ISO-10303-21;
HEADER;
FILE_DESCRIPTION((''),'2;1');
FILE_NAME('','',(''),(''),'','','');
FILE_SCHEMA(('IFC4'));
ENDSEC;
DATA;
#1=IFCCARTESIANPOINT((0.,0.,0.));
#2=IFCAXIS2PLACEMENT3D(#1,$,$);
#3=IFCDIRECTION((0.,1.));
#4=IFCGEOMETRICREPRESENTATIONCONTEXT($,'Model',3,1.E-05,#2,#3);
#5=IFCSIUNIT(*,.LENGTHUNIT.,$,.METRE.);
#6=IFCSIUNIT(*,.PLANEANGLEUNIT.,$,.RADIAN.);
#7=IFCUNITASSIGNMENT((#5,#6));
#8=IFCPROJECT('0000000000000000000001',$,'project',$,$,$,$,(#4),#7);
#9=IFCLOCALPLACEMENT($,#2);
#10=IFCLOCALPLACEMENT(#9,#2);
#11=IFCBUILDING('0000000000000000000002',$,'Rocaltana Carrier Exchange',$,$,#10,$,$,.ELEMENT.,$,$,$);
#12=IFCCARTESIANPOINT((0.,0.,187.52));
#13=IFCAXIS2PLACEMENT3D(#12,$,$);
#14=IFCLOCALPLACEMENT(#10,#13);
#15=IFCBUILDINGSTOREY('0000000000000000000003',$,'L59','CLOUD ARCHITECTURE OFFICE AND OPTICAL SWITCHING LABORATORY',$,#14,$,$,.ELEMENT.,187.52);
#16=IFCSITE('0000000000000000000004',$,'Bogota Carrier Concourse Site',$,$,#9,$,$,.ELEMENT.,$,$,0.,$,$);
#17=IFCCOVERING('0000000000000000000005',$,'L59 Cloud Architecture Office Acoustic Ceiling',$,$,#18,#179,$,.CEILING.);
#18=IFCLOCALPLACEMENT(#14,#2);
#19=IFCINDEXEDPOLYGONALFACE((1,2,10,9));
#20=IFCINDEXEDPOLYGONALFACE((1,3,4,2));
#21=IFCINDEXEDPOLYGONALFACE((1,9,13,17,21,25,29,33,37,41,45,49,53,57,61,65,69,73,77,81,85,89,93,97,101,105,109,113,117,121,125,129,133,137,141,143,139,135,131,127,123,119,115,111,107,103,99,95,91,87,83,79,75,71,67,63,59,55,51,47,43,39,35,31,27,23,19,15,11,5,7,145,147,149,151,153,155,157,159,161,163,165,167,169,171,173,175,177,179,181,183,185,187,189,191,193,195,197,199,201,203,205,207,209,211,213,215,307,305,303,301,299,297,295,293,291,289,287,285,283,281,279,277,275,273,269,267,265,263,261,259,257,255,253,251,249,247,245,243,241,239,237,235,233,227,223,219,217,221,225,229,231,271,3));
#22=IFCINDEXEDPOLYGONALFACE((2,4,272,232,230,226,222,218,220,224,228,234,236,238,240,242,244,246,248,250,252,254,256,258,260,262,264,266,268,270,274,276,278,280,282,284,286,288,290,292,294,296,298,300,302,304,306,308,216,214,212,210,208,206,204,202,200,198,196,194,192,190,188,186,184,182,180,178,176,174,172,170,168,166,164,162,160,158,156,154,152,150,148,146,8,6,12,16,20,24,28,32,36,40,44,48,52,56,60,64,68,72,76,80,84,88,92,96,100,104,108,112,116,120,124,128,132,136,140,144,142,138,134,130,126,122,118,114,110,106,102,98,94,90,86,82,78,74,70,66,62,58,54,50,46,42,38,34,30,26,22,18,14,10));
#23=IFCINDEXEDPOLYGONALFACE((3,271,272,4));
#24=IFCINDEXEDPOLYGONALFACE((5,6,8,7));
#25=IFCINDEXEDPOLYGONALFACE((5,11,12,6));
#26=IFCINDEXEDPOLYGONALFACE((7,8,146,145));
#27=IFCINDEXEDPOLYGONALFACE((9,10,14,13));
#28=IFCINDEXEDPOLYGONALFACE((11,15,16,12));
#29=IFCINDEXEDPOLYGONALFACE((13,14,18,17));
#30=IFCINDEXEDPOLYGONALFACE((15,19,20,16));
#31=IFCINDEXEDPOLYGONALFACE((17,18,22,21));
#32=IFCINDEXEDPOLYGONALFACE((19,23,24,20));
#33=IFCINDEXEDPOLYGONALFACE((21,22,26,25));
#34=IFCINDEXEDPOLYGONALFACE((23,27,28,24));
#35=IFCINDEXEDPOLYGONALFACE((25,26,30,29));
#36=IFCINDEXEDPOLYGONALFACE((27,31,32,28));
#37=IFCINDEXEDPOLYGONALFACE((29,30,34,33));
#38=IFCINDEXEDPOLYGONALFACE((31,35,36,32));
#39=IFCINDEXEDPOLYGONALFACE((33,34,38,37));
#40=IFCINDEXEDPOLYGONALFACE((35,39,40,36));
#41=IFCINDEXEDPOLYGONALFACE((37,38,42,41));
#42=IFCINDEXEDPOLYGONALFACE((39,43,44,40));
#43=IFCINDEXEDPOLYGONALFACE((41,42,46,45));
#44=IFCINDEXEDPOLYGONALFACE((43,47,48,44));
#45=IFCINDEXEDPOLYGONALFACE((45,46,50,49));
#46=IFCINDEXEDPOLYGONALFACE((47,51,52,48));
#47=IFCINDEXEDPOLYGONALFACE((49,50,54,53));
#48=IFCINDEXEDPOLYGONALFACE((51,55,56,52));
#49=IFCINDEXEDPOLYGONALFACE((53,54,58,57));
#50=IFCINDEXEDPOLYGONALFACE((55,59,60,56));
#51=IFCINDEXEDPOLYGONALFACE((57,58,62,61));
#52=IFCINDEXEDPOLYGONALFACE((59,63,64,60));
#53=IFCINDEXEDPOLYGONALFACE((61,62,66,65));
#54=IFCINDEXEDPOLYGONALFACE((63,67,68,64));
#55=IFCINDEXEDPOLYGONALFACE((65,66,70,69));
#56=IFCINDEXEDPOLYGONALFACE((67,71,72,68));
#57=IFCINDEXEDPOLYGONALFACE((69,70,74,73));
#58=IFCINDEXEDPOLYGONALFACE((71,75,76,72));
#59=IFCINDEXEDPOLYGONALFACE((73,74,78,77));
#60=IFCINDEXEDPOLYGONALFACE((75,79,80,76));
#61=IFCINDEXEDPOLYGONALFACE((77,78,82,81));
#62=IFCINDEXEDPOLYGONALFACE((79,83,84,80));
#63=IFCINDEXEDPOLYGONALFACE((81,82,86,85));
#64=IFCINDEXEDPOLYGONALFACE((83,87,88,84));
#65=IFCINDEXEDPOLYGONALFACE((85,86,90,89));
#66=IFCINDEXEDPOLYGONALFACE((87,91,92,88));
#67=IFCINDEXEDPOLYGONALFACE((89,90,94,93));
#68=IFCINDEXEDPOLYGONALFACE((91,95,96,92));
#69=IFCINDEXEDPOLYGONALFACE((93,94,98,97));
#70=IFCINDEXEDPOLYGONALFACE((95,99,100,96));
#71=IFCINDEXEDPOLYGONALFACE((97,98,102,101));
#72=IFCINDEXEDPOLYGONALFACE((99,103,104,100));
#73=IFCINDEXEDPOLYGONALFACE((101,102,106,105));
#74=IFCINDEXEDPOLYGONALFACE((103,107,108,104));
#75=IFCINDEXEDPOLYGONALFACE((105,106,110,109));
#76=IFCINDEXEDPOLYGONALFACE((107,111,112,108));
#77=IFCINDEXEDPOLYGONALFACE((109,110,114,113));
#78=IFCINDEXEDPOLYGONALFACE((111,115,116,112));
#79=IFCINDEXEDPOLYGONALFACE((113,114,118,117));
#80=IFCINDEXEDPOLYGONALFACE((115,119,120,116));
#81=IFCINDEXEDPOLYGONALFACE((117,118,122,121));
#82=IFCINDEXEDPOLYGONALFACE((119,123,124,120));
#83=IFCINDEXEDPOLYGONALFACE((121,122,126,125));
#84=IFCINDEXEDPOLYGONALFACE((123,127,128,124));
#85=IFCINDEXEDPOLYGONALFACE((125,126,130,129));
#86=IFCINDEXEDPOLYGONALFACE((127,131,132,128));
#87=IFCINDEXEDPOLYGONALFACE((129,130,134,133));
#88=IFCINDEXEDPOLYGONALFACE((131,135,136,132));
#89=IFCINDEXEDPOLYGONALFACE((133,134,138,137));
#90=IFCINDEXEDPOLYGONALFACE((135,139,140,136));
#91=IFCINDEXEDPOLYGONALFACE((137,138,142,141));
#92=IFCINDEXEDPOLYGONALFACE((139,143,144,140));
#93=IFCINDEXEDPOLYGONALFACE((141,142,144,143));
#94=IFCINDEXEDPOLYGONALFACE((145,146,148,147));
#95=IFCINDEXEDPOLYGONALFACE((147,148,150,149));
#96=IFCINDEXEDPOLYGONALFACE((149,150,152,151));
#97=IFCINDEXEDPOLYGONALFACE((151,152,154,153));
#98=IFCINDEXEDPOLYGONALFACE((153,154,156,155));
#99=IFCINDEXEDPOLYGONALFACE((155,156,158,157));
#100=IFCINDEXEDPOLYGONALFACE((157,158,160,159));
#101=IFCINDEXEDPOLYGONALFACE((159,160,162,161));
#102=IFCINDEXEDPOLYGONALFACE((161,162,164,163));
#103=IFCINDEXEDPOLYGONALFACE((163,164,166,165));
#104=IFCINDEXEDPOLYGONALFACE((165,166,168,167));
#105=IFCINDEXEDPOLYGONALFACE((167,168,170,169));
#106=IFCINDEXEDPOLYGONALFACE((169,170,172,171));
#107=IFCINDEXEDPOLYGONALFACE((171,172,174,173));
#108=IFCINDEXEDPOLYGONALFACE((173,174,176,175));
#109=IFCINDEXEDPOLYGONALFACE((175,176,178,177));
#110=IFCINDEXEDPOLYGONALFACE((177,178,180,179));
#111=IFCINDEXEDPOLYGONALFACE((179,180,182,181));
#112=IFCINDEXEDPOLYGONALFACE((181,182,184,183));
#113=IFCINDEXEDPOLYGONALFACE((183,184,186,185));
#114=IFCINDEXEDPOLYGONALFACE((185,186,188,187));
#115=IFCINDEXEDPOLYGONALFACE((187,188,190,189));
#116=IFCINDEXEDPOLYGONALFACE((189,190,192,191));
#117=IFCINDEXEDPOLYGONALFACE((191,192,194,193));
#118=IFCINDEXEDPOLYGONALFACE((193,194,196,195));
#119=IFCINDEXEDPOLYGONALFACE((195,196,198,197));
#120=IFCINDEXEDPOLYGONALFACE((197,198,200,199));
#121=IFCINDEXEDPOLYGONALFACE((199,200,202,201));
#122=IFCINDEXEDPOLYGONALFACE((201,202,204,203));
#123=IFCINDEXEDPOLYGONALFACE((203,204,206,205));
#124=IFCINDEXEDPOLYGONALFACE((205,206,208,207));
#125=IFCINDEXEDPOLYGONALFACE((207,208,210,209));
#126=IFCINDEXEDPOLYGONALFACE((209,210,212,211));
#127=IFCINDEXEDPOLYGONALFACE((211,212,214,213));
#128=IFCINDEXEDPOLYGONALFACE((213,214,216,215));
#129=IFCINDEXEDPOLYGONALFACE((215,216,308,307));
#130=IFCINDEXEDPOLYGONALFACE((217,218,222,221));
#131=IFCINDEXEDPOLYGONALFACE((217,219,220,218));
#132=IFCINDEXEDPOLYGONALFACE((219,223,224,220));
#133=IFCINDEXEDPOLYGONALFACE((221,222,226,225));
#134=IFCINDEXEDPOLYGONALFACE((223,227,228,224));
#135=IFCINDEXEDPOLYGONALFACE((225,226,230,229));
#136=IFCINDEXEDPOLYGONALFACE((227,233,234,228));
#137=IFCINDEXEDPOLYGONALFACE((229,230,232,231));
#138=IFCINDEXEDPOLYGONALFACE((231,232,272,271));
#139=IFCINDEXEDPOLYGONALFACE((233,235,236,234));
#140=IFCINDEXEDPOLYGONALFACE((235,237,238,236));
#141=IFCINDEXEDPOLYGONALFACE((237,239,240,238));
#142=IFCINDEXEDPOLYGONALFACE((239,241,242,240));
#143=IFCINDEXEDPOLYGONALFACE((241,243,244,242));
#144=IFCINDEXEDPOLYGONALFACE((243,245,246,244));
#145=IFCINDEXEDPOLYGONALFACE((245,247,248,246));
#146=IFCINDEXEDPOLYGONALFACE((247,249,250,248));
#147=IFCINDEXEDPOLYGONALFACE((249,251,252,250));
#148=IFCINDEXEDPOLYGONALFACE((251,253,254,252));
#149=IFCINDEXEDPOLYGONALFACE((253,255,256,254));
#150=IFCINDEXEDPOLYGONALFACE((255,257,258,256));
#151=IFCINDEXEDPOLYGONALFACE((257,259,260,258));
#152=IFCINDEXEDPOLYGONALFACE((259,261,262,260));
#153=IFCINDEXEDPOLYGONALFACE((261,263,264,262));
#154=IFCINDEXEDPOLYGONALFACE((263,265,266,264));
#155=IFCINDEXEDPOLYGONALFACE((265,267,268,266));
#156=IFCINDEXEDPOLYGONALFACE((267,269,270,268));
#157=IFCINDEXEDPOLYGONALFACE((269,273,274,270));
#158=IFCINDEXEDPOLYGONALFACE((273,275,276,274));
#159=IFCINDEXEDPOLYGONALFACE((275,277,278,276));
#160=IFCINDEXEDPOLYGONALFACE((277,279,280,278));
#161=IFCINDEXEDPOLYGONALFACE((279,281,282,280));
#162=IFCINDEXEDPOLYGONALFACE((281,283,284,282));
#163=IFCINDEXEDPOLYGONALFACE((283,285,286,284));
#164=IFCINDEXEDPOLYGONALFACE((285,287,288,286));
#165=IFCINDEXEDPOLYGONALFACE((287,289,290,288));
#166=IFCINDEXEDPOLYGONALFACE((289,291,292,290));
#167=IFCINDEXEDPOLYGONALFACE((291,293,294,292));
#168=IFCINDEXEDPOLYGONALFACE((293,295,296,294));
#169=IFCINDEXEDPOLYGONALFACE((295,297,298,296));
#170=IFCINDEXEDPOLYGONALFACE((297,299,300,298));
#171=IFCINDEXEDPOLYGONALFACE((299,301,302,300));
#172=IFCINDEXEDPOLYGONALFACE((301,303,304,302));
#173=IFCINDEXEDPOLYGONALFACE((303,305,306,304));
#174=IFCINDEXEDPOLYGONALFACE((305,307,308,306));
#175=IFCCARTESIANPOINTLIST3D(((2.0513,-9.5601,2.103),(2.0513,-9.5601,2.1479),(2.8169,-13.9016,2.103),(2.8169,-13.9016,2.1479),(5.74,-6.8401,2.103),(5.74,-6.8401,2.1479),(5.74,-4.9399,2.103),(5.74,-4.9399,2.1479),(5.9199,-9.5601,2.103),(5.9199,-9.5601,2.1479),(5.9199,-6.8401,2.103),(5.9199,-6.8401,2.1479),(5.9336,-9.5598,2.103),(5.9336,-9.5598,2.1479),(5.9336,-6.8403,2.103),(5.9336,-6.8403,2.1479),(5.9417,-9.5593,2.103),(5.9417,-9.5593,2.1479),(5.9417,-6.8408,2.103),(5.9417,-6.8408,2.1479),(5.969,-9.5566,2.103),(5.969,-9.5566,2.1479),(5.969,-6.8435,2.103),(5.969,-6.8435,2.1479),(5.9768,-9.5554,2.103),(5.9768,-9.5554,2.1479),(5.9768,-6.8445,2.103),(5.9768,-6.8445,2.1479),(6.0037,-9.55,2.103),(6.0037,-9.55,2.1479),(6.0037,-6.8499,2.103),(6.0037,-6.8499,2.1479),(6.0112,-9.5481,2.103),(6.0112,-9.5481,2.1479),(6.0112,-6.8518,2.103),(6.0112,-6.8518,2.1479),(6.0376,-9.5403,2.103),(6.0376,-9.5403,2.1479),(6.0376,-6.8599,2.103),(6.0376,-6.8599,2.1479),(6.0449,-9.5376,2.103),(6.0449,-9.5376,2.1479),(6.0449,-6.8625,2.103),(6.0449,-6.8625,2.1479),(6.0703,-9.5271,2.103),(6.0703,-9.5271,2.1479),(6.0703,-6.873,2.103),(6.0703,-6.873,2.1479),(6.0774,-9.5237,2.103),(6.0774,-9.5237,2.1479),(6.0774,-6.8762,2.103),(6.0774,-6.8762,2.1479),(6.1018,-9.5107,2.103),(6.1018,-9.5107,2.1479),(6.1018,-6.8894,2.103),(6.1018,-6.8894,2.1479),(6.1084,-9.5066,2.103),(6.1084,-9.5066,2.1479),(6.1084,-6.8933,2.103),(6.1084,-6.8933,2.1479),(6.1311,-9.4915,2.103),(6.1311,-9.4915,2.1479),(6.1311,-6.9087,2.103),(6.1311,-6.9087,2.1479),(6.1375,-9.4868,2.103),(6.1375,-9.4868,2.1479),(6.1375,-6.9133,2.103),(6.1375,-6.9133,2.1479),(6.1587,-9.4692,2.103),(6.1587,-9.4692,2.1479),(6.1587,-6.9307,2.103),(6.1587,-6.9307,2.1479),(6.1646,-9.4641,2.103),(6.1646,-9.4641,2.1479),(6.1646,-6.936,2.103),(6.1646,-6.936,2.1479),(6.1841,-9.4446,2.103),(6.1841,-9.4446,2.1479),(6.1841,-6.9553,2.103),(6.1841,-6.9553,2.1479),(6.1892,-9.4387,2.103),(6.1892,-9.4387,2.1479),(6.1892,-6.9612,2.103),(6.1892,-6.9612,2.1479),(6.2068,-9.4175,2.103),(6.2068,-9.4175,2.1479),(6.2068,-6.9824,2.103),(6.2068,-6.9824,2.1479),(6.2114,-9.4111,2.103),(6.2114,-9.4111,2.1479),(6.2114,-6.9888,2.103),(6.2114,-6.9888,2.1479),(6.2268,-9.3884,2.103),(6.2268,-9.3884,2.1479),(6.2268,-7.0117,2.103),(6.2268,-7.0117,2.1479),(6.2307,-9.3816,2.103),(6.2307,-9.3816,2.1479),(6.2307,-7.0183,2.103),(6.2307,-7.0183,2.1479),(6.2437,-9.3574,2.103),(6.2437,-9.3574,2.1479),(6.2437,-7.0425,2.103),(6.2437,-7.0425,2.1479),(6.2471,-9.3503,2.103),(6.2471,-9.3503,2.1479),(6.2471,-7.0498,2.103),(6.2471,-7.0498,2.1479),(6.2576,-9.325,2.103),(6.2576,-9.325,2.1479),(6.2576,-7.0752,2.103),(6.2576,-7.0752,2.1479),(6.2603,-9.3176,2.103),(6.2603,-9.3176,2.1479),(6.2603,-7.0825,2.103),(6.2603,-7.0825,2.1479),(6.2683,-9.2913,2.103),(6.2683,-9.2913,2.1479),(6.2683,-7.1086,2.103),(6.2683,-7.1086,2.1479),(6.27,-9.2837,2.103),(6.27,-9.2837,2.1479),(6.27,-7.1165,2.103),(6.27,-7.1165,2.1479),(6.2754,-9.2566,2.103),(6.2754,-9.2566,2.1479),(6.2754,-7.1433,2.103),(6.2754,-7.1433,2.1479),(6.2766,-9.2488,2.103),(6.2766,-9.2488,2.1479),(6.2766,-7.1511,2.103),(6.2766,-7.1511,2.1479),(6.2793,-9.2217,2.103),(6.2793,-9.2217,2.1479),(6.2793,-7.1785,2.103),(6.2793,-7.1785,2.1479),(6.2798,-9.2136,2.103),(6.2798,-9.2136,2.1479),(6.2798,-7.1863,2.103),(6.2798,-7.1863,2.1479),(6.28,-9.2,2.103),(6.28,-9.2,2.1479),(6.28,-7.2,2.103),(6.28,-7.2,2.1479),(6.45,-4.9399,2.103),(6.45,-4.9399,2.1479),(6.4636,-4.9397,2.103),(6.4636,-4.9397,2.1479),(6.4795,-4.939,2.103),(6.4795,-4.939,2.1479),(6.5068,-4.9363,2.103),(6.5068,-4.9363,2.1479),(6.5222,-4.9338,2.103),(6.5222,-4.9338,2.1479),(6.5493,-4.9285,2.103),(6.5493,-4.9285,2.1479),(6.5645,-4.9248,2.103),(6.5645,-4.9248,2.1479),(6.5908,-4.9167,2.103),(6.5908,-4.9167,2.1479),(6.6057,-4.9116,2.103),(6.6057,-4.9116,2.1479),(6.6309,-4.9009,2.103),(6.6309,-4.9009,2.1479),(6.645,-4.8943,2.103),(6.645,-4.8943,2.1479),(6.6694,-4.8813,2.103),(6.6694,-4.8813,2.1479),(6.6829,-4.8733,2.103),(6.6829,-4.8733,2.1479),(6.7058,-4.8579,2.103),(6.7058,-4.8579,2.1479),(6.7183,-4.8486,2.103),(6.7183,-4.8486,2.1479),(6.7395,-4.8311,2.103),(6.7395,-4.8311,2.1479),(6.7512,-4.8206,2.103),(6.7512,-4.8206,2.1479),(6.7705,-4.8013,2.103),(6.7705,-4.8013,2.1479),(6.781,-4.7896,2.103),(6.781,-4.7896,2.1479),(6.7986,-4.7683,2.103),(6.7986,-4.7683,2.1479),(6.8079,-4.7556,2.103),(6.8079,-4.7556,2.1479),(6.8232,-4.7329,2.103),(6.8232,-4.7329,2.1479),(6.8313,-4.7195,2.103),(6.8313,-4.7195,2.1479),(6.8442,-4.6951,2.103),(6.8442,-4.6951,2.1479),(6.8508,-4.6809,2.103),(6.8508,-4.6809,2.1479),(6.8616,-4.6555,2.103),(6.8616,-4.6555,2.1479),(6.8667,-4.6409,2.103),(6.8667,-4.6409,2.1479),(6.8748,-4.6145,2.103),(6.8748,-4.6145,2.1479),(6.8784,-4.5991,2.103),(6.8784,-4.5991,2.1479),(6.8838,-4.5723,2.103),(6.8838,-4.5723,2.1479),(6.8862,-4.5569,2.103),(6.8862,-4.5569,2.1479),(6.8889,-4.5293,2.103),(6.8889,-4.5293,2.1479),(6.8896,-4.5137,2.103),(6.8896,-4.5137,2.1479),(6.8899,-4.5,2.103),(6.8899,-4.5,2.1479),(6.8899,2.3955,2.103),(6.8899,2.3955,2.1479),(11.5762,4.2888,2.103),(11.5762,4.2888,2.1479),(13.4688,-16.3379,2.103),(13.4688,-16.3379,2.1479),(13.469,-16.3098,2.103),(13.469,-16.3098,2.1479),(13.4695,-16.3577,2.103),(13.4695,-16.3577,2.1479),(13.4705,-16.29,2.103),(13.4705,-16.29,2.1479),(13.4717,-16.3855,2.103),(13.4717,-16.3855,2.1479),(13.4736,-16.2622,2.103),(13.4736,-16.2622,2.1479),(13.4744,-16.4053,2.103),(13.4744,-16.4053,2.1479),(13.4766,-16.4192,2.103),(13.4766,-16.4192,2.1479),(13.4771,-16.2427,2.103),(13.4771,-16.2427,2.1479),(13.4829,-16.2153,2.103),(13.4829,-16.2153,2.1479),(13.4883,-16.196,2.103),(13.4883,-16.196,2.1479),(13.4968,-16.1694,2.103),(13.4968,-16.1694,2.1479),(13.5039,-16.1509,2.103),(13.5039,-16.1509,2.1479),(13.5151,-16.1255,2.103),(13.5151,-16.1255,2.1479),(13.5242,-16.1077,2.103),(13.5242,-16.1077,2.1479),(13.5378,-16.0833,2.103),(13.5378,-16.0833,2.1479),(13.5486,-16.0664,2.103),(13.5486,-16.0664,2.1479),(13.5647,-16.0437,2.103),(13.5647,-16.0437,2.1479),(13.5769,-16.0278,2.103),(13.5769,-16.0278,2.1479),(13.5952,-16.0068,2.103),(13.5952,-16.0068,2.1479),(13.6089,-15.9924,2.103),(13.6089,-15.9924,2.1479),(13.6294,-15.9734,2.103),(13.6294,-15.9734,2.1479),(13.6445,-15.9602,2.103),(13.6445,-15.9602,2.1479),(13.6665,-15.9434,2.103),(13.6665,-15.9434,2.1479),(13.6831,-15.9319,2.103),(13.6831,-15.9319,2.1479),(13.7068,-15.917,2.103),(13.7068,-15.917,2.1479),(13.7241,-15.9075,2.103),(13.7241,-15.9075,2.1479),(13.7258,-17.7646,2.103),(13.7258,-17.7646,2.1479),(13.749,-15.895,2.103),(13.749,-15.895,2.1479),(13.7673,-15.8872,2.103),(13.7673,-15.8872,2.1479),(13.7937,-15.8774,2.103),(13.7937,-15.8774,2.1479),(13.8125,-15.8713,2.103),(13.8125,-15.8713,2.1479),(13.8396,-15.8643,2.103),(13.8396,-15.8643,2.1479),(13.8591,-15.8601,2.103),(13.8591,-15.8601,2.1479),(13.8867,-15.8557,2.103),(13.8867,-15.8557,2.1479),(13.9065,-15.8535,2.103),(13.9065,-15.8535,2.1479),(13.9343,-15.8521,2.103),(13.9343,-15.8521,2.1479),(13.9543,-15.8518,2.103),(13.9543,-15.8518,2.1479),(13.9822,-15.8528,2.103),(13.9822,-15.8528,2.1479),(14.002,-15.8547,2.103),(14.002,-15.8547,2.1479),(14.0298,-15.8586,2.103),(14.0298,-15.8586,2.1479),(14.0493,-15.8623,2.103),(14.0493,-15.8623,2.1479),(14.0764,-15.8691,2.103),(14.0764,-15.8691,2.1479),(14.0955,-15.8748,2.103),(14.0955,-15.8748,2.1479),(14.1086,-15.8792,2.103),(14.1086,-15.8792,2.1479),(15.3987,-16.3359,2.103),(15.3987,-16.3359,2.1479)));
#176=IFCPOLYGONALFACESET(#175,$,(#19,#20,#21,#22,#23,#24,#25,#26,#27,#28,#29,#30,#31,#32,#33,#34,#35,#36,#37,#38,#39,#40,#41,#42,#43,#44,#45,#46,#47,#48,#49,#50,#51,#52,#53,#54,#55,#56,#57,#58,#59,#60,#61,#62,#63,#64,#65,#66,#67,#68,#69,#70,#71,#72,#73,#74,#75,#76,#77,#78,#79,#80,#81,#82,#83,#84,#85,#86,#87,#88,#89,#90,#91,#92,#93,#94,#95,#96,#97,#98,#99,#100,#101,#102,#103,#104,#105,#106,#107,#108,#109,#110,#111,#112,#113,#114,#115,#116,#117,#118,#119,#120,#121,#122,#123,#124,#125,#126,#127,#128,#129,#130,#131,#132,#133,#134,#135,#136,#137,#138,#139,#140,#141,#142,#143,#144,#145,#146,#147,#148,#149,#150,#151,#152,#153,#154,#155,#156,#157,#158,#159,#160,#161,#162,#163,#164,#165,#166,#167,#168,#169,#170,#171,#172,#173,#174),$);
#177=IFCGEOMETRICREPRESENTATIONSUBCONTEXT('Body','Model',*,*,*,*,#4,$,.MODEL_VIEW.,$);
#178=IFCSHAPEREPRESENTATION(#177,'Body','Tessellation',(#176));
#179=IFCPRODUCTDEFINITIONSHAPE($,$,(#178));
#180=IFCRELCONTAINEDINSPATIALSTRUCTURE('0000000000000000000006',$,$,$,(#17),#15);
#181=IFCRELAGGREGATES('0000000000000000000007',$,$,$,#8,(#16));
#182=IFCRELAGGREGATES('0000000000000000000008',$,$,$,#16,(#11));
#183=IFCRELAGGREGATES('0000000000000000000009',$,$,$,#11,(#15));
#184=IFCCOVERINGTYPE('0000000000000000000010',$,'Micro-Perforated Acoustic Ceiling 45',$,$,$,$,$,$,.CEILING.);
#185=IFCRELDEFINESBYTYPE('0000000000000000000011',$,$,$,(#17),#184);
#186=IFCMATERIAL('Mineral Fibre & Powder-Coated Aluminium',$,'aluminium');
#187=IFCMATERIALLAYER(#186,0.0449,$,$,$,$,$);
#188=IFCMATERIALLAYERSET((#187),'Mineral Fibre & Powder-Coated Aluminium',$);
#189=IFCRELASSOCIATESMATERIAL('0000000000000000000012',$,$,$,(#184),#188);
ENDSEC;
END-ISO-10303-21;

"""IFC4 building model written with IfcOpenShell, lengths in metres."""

from ifc_helpers import new_model, si_unit, direction, frame, origin, place, context, subcontext, project, spatial, polyline, outline, extrude, material, layer, layer_set, type_object, element, save


model = new_model("IFC4")

# Units and contexts
model_context = context("Model", 3, precision=1e-05, world=origin(), true_north=direction((0.0, 1.0)))
body_context = subcontext(model_context, "Body", "Model", "MODEL_VIEW")
ifc_project = project(units=[si_unit("LENGTHUNIT", "METRE"), si_unit("PLANEANGLEUNIT", "RADIAN")], contexts=[model_context])

# Site, building, storey
site_placement = place(None, origin())
site = spatial("IfcSite", under=ifc_project, at=site_placement, Name="Bogota Carrier Concourse Site", CompositionType="ELEMENT", RefElevation=0.0)
building_placement = place(site_placement, origin())
building = spatial("IfcBuilding", under=site, at=building_placement, Name="Rocaltana Carrier Exchange", CompositionType="ELEMENT")
storey_placement = place(building_placement, frame((0.0, 0.0, 187.52)))
storey = spatial("IfcBuildingStorey", under=building, at=storey_placement, Name="L59", Description="CLOUD ARCHITECTURE OFFICE AND OPTICAL SWITCHING LABORATORY", CompositionType="ELEMENT", Elevation=187.52)

# Covering
ifc_material_1 = material(Name="Mineral Fibre & Powder-Coated Aluminium", Category="aluminium")
ifc_layer_1 = layer(ifc_material_1, 0.0449)
ifc_layer_set_1 = layer_set([ifc_layer_1], Name="Mineral Fibre & Powder-Coated Aluminium")
covering_type_1 = type_object("IfcCoveringType", Name="Micro-Perforated Acoustic Ceiling 45", PredefinedType="CEILING", material=ifc_layer_set_1)
covering_1_placement = place(storey_placement, frame((0.0, 0.0, 2.103)))
element("IfcCovering", 1, at=covering_1_placement, inside=storey, type_object=covering_type_1, Name="L59 Cloud Architecture Office Acoustic Ceiling", PredefinedType="CEILING", context=body_context, shape_type="SweptSolid", body=[
    extrude(outline(polyline([(5.74, -6.8401), (5.74, -4.9399), (6.45, -4.9399), (6.4636, -4.9397), (6.4795, -4.939), (6.5068, -4.9363), (6.5222, -4.9338), (6.5493, -4.9285), (6.5645, -4.9248), (6.5908, -4.9167), (6.6057, -4.9116), (6.6309, -4.9009), (6.645, -4.8943), (6.6694, -4.8813), (6.6829, -4.8733), (6.7058, -4.8579), (6.7183, -4.8486), (6.7395, -4.8311), (6.7512, -4.8206), (6.7705, -4.8013), (6.781, -4.7896), (6.7986, -4.7683), (6.8079, -4.7556), (6.8232, -4.7329), (6.8313, -4.7195), (6.8442, -4.6951), (6.8508, -4.6809), (6.8616, -4.6555), (6.8667, -4.6409), (6.8748, -4.6145), (6.8784, -4.5991), (6.8838, -4.5723), (6.8862, -4.5569), (6.8889, -4.5293), (6.8896, -4.5137), (6.8899, -4.5), (6.8899, 2.3955), (11.5762, 4.2888), (15.3987, -16.3359), (14.1086, -15.8792), (14.0955, -15.8748), (14.0764, -15.8691), (14.0493, -15.8623), (14.0298, -15.8586), (14.002, -15.8547), (13.9822, -15.8528), (13.9543, -15.8518), (13.9343, -15.8521), (13.9065, -15.8535), (13.8867, -15.8557), (13.8591, -15.8601), (13.8396, -15.8643), (13.8125, -15.8713), (13.7937, -15.8774), (13.7673, -15.8872), (13.749, -15.895), (13.7241, -15.9075), (13.7068, -15.917), (13.6831, -15.9319), (13.6665, -15.9434), (13.6445, -15.9602), (13.6294, -15.9734), (13.6089, -15.9924), (13.5952, -16.0068), (13.5769, -16.0278), (13.5647, -16.0437), (13.5486, -16.0664), (13.5378, -16.0833), (13.5242, -16.1077), (13.5151, -16.1255), (13.5039, -16.1509), (13.4968, -16.1694), (13.4883, -16.196), (13.4829, -16.2153), (13.4771, -16.2427), (13.4736, -16.2622), (13.4705, -16.29), (13.469, -16.3098), (13.4688, -16.3379), (13.4695, -16.3577), (13.4717, -16.3855), (13.4744, -16.4053), (13.4766, -16.4192), (13.7258, -17.7646), (2.8169, -13.9016), (2.0513, -9.5601), (5.9199, -9.5601), (5.9336, -9.5598), (5.9417, -9.5593), (5.969, -9.5566), (5.9768, -9.5554), (6.0037, -9.55), (6.0112, -9.5481), (6.0376, -9.5403), (6.0449, -9.5376), (6.0703, -9.5271), (6.0774, -9.5237), (6.1018, -9.5107), (6.1084, -9.5066), (6.1311, -9.4915), (6.1375, -9.4868), (6.1587, -9.4692), (6.1646, -9.4641), (6.1841, -9.4446), (6.1892, -9.4387), (6.2068, -9.4175), (6.2114, -9.4111), (6.2268, -9.3884), (6.2307, -9.3816), (6.2437, -9.3574), (6.2471, -9.3503), (6.2576, -9.325), (6.2603, -9.3176), (6.2683, -9.2913), (6.27, -9.2837), (6.2754, -9.2566), (6.2766, -9.2488), (6.2793, -9.2217), (6.2798, -9.2136), (6.28, -9.2), (6.28, -7.2), (6.2798, -7.1863), (6.2793, -7.1785), (6.2766, -7.1511), (6.2754, -7.1433), (6.27, -7.1165), (6.2683, -7.1086), (6.2603, -7.0825), (6.2576, -7.0752), (6.2471, -7.0498), (6.2437, -7.0425), (6.2307, -7.0183), (6.2268, -7.0117), (6.2114, -6.9888), (6.2068, -6.9824), (6.1892, -6.9612), (6.1841, -6.9553), (6.1646, -6.936), (6.1587, -6.9307), (6.1375, -6.9133), (6.1311, -6.9087), (6.1084, -6.8933), (6.1018, -6.8894), (6.0774, -6.8762), (6.0703, -6.873), (6.0449, -6.8625), (6.0376, -6.8599), (6.0112, -6.8518), (6.0037, -6.8499), (5.9768, -6.8445), (5.969, -6.8435), (5.9417, -6.8408), (5.9336, -6.8403), (5.9199, -6.8401), (5.74, -6.8401)])), origin(), (0.0, 0.0, 1.0), 0.0449),
])

save(model, "model.ifc")
